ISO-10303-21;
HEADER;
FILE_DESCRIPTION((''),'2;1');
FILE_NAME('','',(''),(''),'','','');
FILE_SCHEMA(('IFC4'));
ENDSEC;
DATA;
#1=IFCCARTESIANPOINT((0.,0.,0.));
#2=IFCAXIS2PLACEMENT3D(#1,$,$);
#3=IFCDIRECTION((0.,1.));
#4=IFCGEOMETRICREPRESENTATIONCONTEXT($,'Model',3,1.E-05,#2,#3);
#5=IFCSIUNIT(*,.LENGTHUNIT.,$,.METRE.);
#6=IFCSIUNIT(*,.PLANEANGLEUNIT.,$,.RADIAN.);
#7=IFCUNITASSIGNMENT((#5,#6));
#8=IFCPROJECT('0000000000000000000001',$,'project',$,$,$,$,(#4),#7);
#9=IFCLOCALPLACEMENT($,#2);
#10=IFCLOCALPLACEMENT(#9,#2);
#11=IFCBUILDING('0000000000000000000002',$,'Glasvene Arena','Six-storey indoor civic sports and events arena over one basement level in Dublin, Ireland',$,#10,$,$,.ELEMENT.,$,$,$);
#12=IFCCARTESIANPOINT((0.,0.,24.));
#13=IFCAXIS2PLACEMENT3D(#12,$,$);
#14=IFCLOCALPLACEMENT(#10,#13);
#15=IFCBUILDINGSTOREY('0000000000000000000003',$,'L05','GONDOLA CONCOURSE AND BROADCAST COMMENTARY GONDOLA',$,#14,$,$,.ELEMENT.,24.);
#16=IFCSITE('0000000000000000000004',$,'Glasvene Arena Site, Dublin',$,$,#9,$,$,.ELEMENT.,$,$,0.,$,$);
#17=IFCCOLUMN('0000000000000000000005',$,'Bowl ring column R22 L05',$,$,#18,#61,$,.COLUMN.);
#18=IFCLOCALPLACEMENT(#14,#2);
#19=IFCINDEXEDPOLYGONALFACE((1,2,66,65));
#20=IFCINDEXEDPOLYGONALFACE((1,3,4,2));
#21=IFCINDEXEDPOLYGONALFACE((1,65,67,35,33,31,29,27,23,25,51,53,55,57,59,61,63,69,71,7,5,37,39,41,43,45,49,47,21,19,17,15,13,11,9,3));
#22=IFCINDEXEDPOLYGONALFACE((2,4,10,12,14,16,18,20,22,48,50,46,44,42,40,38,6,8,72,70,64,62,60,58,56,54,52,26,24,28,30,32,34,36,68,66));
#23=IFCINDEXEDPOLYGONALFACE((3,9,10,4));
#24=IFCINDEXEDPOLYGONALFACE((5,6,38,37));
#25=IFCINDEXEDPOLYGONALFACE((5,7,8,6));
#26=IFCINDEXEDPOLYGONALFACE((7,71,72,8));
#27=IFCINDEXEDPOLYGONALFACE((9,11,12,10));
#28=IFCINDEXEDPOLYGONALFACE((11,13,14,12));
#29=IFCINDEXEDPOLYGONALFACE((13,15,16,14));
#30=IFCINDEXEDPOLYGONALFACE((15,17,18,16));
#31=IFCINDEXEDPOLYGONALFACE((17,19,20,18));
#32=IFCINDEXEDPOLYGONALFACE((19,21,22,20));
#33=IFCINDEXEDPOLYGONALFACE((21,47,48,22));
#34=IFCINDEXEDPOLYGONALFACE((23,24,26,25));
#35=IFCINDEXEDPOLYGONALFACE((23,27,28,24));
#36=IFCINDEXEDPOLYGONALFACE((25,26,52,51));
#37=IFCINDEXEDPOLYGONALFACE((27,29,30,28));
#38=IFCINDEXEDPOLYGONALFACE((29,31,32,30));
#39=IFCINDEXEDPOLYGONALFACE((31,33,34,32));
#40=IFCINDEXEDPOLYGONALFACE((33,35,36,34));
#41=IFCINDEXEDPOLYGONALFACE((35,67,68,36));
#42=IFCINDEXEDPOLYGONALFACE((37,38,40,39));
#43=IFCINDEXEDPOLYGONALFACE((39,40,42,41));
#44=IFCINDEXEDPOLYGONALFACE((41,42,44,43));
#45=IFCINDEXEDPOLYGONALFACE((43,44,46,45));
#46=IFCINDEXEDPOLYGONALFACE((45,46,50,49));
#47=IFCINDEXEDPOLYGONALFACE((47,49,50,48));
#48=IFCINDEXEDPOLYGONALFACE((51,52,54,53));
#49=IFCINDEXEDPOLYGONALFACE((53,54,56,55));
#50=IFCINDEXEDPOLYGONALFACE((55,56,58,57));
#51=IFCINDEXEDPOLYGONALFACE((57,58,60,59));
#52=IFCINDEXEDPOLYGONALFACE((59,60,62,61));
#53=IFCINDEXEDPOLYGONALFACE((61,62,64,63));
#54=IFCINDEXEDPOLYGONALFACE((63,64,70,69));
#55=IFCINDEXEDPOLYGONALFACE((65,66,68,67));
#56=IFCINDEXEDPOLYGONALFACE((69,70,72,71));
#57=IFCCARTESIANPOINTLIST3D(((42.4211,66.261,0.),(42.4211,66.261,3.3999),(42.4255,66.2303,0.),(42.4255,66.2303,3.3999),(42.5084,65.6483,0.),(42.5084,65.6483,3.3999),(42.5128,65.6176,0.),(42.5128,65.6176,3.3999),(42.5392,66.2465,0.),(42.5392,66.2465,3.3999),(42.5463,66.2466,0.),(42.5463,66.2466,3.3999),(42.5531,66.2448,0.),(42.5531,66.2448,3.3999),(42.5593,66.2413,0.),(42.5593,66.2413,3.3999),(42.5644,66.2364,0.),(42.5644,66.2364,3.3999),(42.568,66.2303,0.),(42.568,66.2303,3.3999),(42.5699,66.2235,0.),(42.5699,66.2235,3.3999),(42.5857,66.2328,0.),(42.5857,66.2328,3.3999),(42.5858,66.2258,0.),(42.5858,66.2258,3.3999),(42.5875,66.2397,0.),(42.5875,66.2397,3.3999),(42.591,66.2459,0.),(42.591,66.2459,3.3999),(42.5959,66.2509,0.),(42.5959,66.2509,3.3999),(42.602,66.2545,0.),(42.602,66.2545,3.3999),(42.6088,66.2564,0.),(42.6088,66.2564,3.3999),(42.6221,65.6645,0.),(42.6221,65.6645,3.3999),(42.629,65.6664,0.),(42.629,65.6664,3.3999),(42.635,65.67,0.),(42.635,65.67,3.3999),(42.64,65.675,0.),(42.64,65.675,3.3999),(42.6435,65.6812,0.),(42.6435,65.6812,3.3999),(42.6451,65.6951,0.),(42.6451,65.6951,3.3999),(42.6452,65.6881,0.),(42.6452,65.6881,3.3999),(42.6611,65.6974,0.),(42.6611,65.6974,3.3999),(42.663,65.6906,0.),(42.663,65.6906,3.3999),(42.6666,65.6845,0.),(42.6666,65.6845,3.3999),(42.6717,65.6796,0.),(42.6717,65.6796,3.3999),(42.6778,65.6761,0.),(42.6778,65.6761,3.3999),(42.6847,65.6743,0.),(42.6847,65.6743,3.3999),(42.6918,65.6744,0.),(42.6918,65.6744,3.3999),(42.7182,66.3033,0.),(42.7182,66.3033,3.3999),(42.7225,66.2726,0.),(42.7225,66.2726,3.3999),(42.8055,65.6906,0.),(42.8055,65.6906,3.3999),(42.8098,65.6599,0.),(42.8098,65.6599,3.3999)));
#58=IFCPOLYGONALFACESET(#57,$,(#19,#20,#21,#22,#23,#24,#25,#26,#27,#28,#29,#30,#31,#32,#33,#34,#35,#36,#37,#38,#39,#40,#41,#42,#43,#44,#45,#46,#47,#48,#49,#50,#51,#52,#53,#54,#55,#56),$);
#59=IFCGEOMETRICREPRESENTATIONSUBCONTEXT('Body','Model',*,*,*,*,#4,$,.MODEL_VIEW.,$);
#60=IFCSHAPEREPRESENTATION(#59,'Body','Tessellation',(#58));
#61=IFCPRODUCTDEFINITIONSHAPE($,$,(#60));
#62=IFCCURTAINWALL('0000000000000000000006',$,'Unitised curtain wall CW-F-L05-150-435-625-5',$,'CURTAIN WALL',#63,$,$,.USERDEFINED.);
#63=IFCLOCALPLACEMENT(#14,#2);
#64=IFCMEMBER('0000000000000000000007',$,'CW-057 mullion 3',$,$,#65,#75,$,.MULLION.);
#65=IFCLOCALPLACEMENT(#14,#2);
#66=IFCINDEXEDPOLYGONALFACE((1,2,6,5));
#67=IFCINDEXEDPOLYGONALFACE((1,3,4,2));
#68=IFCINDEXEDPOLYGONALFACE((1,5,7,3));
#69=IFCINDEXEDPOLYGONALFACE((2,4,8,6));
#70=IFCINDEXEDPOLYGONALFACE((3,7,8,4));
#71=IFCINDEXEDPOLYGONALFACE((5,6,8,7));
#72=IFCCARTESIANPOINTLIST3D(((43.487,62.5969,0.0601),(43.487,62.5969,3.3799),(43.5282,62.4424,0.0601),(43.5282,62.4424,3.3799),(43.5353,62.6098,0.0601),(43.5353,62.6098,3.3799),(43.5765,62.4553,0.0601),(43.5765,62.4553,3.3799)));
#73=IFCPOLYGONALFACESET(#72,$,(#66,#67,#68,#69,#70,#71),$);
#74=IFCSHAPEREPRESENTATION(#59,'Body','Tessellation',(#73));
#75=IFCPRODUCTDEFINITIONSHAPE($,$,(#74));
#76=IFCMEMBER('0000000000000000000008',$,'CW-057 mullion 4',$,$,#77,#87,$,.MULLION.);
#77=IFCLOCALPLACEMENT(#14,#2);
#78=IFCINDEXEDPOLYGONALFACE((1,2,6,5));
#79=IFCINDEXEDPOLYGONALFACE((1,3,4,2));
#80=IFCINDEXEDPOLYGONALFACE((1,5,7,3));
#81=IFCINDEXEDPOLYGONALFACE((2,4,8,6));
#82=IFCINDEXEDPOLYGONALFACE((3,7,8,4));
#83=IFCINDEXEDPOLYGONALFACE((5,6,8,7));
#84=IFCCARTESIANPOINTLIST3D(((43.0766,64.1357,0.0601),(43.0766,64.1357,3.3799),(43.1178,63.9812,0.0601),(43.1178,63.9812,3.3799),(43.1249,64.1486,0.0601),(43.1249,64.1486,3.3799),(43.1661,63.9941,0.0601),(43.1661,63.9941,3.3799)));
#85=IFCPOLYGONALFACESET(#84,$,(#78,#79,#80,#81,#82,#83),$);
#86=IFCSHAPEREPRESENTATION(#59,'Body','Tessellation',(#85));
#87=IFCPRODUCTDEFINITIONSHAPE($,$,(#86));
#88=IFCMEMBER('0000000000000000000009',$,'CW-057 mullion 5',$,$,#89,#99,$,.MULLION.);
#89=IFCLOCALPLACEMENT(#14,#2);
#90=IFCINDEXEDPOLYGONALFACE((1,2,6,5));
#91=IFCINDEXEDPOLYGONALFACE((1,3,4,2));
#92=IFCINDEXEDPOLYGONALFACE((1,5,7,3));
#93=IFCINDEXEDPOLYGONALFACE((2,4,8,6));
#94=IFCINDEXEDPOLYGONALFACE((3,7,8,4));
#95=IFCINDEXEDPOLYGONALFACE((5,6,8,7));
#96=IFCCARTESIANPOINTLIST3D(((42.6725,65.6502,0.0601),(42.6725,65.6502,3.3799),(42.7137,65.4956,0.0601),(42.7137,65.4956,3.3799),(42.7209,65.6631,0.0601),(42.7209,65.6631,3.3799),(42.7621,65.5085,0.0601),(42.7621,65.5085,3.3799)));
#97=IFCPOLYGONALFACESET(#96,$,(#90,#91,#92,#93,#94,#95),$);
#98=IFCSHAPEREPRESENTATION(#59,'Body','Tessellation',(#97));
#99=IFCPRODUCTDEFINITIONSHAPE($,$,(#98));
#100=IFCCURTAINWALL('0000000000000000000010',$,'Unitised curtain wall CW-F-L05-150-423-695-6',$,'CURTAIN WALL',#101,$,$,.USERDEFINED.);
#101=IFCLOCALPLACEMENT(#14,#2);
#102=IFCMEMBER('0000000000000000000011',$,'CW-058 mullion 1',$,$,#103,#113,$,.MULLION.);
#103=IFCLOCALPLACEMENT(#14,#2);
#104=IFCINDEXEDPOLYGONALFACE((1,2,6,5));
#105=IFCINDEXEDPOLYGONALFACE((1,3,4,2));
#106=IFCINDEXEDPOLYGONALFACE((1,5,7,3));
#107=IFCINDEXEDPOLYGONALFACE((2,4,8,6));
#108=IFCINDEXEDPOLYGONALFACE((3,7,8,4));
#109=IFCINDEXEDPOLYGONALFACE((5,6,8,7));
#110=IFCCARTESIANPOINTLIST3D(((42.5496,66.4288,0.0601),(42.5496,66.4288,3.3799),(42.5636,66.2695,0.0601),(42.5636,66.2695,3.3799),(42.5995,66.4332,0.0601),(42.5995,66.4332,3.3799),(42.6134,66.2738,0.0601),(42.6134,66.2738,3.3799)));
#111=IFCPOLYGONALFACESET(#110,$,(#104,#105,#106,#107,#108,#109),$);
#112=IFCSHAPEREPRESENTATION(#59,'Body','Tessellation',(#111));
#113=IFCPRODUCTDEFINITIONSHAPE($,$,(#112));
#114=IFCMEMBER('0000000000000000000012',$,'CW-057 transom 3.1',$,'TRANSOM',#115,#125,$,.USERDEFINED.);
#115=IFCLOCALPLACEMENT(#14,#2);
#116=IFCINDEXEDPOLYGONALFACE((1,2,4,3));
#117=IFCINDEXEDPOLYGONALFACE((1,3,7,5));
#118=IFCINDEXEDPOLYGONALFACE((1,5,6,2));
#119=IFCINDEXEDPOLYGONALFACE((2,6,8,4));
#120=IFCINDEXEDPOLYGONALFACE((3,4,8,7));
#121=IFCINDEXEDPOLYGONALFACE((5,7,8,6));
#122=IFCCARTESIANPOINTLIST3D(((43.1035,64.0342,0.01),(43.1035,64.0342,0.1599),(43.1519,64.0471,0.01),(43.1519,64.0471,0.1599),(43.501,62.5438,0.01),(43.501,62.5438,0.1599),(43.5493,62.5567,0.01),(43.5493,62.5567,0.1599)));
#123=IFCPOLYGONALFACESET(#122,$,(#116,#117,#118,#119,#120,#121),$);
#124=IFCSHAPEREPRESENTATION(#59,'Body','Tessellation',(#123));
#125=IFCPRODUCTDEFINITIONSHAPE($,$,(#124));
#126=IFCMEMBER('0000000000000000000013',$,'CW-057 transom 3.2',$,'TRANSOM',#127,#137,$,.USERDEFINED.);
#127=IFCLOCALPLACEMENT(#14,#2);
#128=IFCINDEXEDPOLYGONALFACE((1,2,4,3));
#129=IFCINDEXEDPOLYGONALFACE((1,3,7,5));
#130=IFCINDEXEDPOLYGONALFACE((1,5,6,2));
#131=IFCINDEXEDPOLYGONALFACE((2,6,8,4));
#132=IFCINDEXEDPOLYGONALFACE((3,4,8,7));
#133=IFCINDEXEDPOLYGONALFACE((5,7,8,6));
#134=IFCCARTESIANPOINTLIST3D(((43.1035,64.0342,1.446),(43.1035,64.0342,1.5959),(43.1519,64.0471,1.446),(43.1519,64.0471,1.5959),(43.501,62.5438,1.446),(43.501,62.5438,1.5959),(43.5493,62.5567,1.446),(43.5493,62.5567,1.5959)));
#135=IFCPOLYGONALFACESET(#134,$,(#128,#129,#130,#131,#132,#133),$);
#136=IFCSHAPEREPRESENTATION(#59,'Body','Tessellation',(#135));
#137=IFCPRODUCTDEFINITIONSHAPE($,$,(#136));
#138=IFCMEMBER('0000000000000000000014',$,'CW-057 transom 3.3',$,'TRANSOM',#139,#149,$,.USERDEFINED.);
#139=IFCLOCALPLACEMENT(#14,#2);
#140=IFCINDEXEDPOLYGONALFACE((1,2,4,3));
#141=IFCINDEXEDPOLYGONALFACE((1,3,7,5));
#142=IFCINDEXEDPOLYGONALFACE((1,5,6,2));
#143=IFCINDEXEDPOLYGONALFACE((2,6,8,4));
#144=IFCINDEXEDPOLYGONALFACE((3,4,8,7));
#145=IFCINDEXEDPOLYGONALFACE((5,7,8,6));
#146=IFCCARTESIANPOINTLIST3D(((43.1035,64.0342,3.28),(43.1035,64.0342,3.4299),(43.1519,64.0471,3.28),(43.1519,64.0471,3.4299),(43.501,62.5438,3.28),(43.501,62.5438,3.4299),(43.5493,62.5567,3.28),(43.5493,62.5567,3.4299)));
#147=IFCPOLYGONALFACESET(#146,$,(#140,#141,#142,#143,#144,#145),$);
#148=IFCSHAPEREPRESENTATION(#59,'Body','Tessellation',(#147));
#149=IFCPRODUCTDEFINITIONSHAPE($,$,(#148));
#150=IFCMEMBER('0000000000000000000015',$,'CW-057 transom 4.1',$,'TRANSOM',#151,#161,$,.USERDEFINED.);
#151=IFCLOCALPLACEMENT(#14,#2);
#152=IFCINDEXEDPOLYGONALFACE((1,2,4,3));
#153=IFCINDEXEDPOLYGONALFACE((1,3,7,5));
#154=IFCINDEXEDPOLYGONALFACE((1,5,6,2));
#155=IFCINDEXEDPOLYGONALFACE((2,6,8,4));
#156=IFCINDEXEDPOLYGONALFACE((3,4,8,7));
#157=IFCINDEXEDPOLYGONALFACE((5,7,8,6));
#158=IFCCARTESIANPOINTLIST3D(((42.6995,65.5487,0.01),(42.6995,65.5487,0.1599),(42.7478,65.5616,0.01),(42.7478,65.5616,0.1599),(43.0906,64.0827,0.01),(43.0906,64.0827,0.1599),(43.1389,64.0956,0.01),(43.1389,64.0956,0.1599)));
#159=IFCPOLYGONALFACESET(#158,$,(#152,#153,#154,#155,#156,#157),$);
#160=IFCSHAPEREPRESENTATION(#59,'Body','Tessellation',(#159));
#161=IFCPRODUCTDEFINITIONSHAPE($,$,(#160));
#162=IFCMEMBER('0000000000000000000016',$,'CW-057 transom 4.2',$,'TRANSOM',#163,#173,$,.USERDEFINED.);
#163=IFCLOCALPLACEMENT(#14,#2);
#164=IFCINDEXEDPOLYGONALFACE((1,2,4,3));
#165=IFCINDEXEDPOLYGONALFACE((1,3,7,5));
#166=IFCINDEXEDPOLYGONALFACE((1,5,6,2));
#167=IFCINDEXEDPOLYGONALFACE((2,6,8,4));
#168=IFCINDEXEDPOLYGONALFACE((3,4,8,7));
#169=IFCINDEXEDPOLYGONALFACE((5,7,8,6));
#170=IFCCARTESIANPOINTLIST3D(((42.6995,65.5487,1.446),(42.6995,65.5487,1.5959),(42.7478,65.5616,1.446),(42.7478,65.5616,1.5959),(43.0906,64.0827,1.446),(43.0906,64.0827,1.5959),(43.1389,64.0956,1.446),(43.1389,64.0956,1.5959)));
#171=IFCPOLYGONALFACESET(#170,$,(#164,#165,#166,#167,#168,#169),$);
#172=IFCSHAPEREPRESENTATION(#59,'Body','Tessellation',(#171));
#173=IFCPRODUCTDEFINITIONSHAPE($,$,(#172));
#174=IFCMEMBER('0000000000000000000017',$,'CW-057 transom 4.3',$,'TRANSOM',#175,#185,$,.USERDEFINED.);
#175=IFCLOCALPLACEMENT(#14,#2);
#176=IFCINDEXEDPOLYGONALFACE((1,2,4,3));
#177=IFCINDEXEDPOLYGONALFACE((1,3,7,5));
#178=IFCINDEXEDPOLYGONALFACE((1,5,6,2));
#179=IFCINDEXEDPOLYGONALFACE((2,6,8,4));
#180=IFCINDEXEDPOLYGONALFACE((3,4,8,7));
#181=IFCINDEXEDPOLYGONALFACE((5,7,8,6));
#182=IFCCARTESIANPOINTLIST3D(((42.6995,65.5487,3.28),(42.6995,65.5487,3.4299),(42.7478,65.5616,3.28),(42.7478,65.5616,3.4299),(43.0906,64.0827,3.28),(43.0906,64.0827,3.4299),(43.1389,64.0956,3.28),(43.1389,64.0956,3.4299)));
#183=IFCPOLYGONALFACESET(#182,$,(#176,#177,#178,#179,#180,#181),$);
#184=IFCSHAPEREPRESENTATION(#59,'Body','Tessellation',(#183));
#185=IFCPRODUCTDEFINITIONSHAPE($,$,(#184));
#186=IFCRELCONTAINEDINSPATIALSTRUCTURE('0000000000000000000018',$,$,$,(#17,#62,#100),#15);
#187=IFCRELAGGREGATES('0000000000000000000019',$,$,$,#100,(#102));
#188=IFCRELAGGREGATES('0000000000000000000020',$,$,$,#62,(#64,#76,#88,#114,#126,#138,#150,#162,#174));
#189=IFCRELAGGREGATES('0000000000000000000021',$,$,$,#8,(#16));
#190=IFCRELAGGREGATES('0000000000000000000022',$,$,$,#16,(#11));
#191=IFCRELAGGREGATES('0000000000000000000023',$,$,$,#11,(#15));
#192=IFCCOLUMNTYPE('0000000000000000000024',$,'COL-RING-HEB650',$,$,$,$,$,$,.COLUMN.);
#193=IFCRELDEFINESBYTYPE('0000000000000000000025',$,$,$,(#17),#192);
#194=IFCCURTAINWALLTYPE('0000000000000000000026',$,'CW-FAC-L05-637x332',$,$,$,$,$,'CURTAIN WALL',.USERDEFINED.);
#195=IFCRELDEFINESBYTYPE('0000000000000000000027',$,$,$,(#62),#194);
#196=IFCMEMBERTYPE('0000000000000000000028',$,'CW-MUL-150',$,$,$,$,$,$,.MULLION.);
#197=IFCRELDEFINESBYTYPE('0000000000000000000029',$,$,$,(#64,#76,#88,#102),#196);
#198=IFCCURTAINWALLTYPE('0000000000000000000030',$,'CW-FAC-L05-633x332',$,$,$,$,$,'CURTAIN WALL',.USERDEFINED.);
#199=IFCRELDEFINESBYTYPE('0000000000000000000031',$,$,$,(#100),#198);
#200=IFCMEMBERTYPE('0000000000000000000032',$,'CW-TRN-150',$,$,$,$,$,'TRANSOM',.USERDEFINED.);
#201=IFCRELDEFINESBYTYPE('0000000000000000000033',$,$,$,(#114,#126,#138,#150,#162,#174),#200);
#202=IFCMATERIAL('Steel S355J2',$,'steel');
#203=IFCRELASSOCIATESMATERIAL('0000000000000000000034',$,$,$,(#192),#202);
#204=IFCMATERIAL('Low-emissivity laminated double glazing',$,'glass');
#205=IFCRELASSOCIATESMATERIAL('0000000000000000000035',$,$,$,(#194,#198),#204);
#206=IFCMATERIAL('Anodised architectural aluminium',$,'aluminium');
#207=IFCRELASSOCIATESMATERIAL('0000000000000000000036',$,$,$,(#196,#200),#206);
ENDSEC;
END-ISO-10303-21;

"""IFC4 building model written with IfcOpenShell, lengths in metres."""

from ifc_helpers import new_model, si_unit, direction, frame, origin, origin_2d, place, context, subcontext, project, spatial, rectangle, i_section, extrude, material, material_profile, profile_set, type_object, element, aggregate, save


model = new_model("IFC4")

# Units and contexts
model_context = context("Model", 3, precision=1e-05, world=origin(), true_north=direction((0.0, 1.0)))
body_context = subcontext(model_context, "Body", "Model", "MODEL_VIEW")
ifc_project = project(units=[si_unit("LENGTHUNIT", "METRE"), si_unit("PLANEANGLEUNIT", "RADIAN")], contexts=[model_context])

# Site, building, storey
site_placement = place(None, origin())
site = spatial("IfcSite", under=ifc_project, at=site_placement, Name="Glasvene Arena Site, Dublin", CompositionType="ELEMENT", RefElevation=0.0)
building_placement = place(site_placement, origin())
building = spatial("IfcBuilding", under=site, at=building_placement, Name="Glasvene Arena", Description="Six-storey indoor civic sports and events arena over one basement level in Dublin, Ireland", CompositionType="ELEMENT")
storey_placement = place(building_placement, frame((0.0, 0.0, 24.0)))
storey = spatial("IfcBuildingStorey", under=building, at=storey_placement, Name="L05", Description="GONDOLA CONCOURSE AND BROADCAST COMMENTARY GONDOLA", CompositionType="ELEMENT", Elevation=24.0)

# Column
ifc_material_1 = material(Name="Steel S355J2", Category="steel")
ifc_material_profile_1 = material_profile(ifc_material_1, i_section(OverallWidth=0.3, OverallDepth=0.6499, WebThickness=0.0161, FlangeThickness=0.031, FilletRadius=0.0271, at=origin_2d()), Name="HEB 650")
ifc_profile_set_1 = profile_set([ifc_material_profile_1], Name="Steel S355J2")
column_type = type_object("IfcColumnType", Name="COL-RING-HEB650", PredefinedType="COLUMN", material=ifc_profile_set_1)
column_placement = place(storey_placement, frame((42.6155, 65.9604, 0.0), z_axis=(0.0, 0.0, 1.0), x_axis=(-0.989999, -0.141074, 0.0)))
element("IfcColumn", 1, at=column_placement, inside=storey, type_object=column_type, Name="Bowl ring column R22 L05", PredefinedType="COLUMN", context=body_context, shape_type="SweptSolid", body=[
    extrude(i_section(OverallWidth=0.3, OverallDepth=0.6499, WebThickness=0.0161, FlangeThickness=0.031, FilletRadius=0.0271, at=origin_2d()), origin(), (0.0, 0.0, 1.0), 3.3999),
])

# Curtain wall, members
ifc_material_2 = material(Name="Low-emissivity laminated double glazing", Category="glass")
curtain_wall_type_1 = type_object("IfcCurtainWallType", Name="CW-FAC-L05-637x332", ElementType="CURTAIN WALL", PredefinedType="USERDEFINED", material=ifc_material_2)
curtain_wall_1_placement = place(storey_placement, frame((44.3525, 59.4487, 0.0)))
curtain_wall_1 = element("IfcCurtainWall", 2, at=curtain_wall_1_placement, inside=storey, type_object=curtain_wall_type_1, Name="Unitised curtain wall CW-F-L05-150-435-625-5", ObjectType="CURTAIN WALL", PredefinedType="USERDEFINED")
ifc_material_3 = material(Name="Anodised architectural aluminium", Category="aluminium")
ifc_material_profile_2 = material_profile(ifc_material_3, rectangle(XDim=0.05, YDim=0.1599, at=origin_2d()), Name="ALU MULLION 50x160")
ifc_profile_set_2 = profile_set([ifc_material_profile_2], Name="Anodised architectural aluminium")
member_type_1 = type_object("IfcMemberType", Name="CW-MUL-150", PredefinedType="MULLION", material=ifc_profile_set_2)
member_1_placement = place(storey_placement, frame((43.5317, 62.5261, 0.0601), z_axis=(0.0, 0.0, 1.0), x_axis=(-0.966215, -0.257739, 0.0)))
member_1 = element("IfcMember", 3, at=member_1_placement, type_object=member_type_1, Name="CW-057 mullion 3", PredefinedType="MULLION", context=body_context, shape_type="SweptSolid", body=[
    extrude(rectangle(XDim=0.05, YDim=0.1599, at=origin_2d()), origin(), (0.0, 0.0, 1.0), 3.3198),
])
member_2_placement = place(storey_placement, frame((43.1213, 64.0649, 0.0601), z_axis=(0.0, 0.0, 1.0), x_axis=(-0.966215, -0.257739, 0.0)))
member_2 = element("IfcMember", 4, at=member_2_placement, type_object=member_type_1, Name="CW-057 mullion 4", PredefinedType="MULLION", context=body_context, shape_type="SweptSolid", body=[
    extrude(rectangle(XDim=0.05, YDim=0.1599, at=origin_2d()), origin(), (0.0, 0.0, 1.0), 3.3198),
])
member_3_placement = place(storey_placement, frame((42.7173, 65.5793, 0.0601), z_axis=(0.0, 0.0, 1.0), x_axis=(-0.966215, -0.257739, 0.0)))
member_3 = element("IfcMember", 5, at=member_3_placement, type_object=member_type_1, Name="CW-057 mullion 5", PredefinedType="MULLION", context=body_context, shape_type="SweptSolid", body=[
    extrude(rectangle(XDim=0.05, YDim=0.1599, at=origin_2d()), origin(), (0.0, 0.0, 1.0), 3.3198),
])

# Curtain wall, member
curtain_wall_type_2 = type_object("IfcCurtainWallType", Name="CW-FAC-L05-633x332", ElementType="CURTAIN WALL", PredefinedType="USERDEFINED", material=ifc_material_2)
curtain_wall_2_placement = place(storey_placement, frame((42.5835, 66.3264, 0.0)))
curtain_wall_2 = element("IfcCurtainWall", 6, at=curtain_wall_2_placement, inside=storey, type_object=curtain_wall_type_2, Name="Unitised curtain wall CW-F-L05-150-423-695-6", ObjectType="CURTAIN WALL", PredefinedType="USERDEFINED")
member_4_placement = place(storey_placement, frame((42.5815, 66.3513, 0.0601), z_axis=(0.0, 0.0, 1.0), x_axis=(-0.996198, -0.087113, 0.0)))
member_4 = element("IfcMember", 7, at=member_4_placement, type_object=member_type_1, Name="CW-058 mullion 1", PredefinedType="MULLION", context=body_context, shape_type="SweptSolid", body=[
    extrude(rectangle(XDim=0.05, YDim=0.1599, at=origin_2d()), origin(), (0.0, 0.0, 1.0), 3.3198),
])

# Members
ifc_material_profile_3 = material_profile(ifc_material_3, rectangle(XDim=0.05, YDim=0.1499, at=origin_2d()), Name="ALU TRANSOM 50x150")
ifc_profile_set_3 = profile_set([ifc_material_profile_3], Name="Anodised architectural aluminium")
member_type_2 = type_object("IfcMemberType", Name="CW-TRN-150", ElementType="TRANSOM", PredefinedType="USERDEFINED", material=ifc_profile_set_3)
member_5_placement = place(storey_placement, frame((43.5251, 62.5503, 0.085), z_axis=(-0.257663, 0.966235, 0.0), x_axis=(-0.966235, -0.257663, 0.0)))
member_5 = element("IfcMember", 8, at=member_5_placement, type_object=member_type_2, Name="CW-057 transom 3.1", ObjectType="TRANSOM", PredefinedType="USERDEFINED", context=body_context, shape_type="SweptSolid", body=[
    extrude(rectangle(XDim=0.05, YDim=0.1499, at=origin_2d()), origin(), (0.0, 0.0, 1.0), 1.5425),
])
member_6_placement = place(storey_placement, frame((43.5251, 62.5503, 1.521), z_axis=(-0.257663, 0.966235, 0.0), x_axis=(-0.966235, -0.257663, 0.0)))
member_6 = element("IfcMember", 9, at=member_6_placement, type_object=member_type_2, Name="CW-057 transom 3.2", ObjectType="TRANSOM", PredefinedType="USERDEFINED", context=body_context, shape_type="SweptSolid", body=[
    extrude(rectangle(XDim=0.05, YDim=0.1499, at=origin_2d()), origin(), (0.0, 0.0, 1.0), 1.5425),
])
member_7_placement = place(storey_placement, frame((43.5251, 62.5503, 3.355), z_axis=(-0.257663, 0.966235, 0.0), x_axis=(-0.966235, -0.257663, 0.0)))
member_7 = element("IfcMember", 10, at=member_7_placement, type_object=member_type_2, Name="CW-057 transom 3.3", ObjectType="TRANSOM", PredefinedType="USERDEFINED", context=body_context, shape_type="SweptSolid", body=[
    extrude(rectangle(XDim=0.05, YDim=0.1499, at=origin_2d()), origin(), (0.0, 0.0, 1.0), 1.5425),
])
member_8_placement = place(storey_placement, frame((43.1147, 64.0891, 0.085), z_axis=(-0.257763, 0.966208, 0.0), x_axis=(-0.966208, -0.257763, 0.0)))
member_8 = element("IfcMember", 11, at=member_8_placement, type_object=member_type_2, Name="CW-057 transom 4.1", ObjectType="TRANSOM", PredefinedType="USERDEFINED", context=body_context, shape_type="SweptSolid", body=[
    extrude(rectangle(XDim=0.05, YDim=0.1499, at=origin_2d()), origin(), (0.0, 0.0, 1.0), 1.5173),
])
member_9_placement = place(storey_placement, frame((43.1147, 64.0891, 1.521), z_axis=(-0.257763, 0.966208, 0.0), x_axis=(-0.966208, -0.257763, 0.0)))
member_9 = element("IfcMember", 12, at=member_9_placement, type_object=member_type_2, Name="CW-057 transom 4.2", ObjectType="TRANSOM", PredefinedType="USERDEFINED", context=body_context, shape_type="SweptSolid", body=[
    extrude(rectangle(XDim=0.05, YDim=0.1499, at=origin_2d()), origin(), (0.0, 0.0, 1.0), 1.5173),
])
member_10_placement = place(storey_placement, frame((43.1147, 64.0891, 3.355), z_axis=(-0.257763, 0.966208, 0.0), x_axis=(-0.966208, -0.257763, 0.0)))
member_10 = element("IfcMember", 13, at=member_10_placement, type_object=member_type_2, Name="CW-057 transom 4.3", ObjectType="TRANSOM", PredefinedType="USERDEFINED", context=body_context, shape_type="SweptSolid", body=[
    extrude(rectangle(XDim=0.05, YDim=0.1499, at=origin_2d()), origin(), (0.0, 0.0, 1.0), 1.5173),
])
aggregate(curtain_wall_2, [member_4])

aggregate(curtain_wall_1, [member_1, member_2, member_3, member_5, member_6, member_7, member_8, member_9, member_10])

save(model, "model.ifc")
